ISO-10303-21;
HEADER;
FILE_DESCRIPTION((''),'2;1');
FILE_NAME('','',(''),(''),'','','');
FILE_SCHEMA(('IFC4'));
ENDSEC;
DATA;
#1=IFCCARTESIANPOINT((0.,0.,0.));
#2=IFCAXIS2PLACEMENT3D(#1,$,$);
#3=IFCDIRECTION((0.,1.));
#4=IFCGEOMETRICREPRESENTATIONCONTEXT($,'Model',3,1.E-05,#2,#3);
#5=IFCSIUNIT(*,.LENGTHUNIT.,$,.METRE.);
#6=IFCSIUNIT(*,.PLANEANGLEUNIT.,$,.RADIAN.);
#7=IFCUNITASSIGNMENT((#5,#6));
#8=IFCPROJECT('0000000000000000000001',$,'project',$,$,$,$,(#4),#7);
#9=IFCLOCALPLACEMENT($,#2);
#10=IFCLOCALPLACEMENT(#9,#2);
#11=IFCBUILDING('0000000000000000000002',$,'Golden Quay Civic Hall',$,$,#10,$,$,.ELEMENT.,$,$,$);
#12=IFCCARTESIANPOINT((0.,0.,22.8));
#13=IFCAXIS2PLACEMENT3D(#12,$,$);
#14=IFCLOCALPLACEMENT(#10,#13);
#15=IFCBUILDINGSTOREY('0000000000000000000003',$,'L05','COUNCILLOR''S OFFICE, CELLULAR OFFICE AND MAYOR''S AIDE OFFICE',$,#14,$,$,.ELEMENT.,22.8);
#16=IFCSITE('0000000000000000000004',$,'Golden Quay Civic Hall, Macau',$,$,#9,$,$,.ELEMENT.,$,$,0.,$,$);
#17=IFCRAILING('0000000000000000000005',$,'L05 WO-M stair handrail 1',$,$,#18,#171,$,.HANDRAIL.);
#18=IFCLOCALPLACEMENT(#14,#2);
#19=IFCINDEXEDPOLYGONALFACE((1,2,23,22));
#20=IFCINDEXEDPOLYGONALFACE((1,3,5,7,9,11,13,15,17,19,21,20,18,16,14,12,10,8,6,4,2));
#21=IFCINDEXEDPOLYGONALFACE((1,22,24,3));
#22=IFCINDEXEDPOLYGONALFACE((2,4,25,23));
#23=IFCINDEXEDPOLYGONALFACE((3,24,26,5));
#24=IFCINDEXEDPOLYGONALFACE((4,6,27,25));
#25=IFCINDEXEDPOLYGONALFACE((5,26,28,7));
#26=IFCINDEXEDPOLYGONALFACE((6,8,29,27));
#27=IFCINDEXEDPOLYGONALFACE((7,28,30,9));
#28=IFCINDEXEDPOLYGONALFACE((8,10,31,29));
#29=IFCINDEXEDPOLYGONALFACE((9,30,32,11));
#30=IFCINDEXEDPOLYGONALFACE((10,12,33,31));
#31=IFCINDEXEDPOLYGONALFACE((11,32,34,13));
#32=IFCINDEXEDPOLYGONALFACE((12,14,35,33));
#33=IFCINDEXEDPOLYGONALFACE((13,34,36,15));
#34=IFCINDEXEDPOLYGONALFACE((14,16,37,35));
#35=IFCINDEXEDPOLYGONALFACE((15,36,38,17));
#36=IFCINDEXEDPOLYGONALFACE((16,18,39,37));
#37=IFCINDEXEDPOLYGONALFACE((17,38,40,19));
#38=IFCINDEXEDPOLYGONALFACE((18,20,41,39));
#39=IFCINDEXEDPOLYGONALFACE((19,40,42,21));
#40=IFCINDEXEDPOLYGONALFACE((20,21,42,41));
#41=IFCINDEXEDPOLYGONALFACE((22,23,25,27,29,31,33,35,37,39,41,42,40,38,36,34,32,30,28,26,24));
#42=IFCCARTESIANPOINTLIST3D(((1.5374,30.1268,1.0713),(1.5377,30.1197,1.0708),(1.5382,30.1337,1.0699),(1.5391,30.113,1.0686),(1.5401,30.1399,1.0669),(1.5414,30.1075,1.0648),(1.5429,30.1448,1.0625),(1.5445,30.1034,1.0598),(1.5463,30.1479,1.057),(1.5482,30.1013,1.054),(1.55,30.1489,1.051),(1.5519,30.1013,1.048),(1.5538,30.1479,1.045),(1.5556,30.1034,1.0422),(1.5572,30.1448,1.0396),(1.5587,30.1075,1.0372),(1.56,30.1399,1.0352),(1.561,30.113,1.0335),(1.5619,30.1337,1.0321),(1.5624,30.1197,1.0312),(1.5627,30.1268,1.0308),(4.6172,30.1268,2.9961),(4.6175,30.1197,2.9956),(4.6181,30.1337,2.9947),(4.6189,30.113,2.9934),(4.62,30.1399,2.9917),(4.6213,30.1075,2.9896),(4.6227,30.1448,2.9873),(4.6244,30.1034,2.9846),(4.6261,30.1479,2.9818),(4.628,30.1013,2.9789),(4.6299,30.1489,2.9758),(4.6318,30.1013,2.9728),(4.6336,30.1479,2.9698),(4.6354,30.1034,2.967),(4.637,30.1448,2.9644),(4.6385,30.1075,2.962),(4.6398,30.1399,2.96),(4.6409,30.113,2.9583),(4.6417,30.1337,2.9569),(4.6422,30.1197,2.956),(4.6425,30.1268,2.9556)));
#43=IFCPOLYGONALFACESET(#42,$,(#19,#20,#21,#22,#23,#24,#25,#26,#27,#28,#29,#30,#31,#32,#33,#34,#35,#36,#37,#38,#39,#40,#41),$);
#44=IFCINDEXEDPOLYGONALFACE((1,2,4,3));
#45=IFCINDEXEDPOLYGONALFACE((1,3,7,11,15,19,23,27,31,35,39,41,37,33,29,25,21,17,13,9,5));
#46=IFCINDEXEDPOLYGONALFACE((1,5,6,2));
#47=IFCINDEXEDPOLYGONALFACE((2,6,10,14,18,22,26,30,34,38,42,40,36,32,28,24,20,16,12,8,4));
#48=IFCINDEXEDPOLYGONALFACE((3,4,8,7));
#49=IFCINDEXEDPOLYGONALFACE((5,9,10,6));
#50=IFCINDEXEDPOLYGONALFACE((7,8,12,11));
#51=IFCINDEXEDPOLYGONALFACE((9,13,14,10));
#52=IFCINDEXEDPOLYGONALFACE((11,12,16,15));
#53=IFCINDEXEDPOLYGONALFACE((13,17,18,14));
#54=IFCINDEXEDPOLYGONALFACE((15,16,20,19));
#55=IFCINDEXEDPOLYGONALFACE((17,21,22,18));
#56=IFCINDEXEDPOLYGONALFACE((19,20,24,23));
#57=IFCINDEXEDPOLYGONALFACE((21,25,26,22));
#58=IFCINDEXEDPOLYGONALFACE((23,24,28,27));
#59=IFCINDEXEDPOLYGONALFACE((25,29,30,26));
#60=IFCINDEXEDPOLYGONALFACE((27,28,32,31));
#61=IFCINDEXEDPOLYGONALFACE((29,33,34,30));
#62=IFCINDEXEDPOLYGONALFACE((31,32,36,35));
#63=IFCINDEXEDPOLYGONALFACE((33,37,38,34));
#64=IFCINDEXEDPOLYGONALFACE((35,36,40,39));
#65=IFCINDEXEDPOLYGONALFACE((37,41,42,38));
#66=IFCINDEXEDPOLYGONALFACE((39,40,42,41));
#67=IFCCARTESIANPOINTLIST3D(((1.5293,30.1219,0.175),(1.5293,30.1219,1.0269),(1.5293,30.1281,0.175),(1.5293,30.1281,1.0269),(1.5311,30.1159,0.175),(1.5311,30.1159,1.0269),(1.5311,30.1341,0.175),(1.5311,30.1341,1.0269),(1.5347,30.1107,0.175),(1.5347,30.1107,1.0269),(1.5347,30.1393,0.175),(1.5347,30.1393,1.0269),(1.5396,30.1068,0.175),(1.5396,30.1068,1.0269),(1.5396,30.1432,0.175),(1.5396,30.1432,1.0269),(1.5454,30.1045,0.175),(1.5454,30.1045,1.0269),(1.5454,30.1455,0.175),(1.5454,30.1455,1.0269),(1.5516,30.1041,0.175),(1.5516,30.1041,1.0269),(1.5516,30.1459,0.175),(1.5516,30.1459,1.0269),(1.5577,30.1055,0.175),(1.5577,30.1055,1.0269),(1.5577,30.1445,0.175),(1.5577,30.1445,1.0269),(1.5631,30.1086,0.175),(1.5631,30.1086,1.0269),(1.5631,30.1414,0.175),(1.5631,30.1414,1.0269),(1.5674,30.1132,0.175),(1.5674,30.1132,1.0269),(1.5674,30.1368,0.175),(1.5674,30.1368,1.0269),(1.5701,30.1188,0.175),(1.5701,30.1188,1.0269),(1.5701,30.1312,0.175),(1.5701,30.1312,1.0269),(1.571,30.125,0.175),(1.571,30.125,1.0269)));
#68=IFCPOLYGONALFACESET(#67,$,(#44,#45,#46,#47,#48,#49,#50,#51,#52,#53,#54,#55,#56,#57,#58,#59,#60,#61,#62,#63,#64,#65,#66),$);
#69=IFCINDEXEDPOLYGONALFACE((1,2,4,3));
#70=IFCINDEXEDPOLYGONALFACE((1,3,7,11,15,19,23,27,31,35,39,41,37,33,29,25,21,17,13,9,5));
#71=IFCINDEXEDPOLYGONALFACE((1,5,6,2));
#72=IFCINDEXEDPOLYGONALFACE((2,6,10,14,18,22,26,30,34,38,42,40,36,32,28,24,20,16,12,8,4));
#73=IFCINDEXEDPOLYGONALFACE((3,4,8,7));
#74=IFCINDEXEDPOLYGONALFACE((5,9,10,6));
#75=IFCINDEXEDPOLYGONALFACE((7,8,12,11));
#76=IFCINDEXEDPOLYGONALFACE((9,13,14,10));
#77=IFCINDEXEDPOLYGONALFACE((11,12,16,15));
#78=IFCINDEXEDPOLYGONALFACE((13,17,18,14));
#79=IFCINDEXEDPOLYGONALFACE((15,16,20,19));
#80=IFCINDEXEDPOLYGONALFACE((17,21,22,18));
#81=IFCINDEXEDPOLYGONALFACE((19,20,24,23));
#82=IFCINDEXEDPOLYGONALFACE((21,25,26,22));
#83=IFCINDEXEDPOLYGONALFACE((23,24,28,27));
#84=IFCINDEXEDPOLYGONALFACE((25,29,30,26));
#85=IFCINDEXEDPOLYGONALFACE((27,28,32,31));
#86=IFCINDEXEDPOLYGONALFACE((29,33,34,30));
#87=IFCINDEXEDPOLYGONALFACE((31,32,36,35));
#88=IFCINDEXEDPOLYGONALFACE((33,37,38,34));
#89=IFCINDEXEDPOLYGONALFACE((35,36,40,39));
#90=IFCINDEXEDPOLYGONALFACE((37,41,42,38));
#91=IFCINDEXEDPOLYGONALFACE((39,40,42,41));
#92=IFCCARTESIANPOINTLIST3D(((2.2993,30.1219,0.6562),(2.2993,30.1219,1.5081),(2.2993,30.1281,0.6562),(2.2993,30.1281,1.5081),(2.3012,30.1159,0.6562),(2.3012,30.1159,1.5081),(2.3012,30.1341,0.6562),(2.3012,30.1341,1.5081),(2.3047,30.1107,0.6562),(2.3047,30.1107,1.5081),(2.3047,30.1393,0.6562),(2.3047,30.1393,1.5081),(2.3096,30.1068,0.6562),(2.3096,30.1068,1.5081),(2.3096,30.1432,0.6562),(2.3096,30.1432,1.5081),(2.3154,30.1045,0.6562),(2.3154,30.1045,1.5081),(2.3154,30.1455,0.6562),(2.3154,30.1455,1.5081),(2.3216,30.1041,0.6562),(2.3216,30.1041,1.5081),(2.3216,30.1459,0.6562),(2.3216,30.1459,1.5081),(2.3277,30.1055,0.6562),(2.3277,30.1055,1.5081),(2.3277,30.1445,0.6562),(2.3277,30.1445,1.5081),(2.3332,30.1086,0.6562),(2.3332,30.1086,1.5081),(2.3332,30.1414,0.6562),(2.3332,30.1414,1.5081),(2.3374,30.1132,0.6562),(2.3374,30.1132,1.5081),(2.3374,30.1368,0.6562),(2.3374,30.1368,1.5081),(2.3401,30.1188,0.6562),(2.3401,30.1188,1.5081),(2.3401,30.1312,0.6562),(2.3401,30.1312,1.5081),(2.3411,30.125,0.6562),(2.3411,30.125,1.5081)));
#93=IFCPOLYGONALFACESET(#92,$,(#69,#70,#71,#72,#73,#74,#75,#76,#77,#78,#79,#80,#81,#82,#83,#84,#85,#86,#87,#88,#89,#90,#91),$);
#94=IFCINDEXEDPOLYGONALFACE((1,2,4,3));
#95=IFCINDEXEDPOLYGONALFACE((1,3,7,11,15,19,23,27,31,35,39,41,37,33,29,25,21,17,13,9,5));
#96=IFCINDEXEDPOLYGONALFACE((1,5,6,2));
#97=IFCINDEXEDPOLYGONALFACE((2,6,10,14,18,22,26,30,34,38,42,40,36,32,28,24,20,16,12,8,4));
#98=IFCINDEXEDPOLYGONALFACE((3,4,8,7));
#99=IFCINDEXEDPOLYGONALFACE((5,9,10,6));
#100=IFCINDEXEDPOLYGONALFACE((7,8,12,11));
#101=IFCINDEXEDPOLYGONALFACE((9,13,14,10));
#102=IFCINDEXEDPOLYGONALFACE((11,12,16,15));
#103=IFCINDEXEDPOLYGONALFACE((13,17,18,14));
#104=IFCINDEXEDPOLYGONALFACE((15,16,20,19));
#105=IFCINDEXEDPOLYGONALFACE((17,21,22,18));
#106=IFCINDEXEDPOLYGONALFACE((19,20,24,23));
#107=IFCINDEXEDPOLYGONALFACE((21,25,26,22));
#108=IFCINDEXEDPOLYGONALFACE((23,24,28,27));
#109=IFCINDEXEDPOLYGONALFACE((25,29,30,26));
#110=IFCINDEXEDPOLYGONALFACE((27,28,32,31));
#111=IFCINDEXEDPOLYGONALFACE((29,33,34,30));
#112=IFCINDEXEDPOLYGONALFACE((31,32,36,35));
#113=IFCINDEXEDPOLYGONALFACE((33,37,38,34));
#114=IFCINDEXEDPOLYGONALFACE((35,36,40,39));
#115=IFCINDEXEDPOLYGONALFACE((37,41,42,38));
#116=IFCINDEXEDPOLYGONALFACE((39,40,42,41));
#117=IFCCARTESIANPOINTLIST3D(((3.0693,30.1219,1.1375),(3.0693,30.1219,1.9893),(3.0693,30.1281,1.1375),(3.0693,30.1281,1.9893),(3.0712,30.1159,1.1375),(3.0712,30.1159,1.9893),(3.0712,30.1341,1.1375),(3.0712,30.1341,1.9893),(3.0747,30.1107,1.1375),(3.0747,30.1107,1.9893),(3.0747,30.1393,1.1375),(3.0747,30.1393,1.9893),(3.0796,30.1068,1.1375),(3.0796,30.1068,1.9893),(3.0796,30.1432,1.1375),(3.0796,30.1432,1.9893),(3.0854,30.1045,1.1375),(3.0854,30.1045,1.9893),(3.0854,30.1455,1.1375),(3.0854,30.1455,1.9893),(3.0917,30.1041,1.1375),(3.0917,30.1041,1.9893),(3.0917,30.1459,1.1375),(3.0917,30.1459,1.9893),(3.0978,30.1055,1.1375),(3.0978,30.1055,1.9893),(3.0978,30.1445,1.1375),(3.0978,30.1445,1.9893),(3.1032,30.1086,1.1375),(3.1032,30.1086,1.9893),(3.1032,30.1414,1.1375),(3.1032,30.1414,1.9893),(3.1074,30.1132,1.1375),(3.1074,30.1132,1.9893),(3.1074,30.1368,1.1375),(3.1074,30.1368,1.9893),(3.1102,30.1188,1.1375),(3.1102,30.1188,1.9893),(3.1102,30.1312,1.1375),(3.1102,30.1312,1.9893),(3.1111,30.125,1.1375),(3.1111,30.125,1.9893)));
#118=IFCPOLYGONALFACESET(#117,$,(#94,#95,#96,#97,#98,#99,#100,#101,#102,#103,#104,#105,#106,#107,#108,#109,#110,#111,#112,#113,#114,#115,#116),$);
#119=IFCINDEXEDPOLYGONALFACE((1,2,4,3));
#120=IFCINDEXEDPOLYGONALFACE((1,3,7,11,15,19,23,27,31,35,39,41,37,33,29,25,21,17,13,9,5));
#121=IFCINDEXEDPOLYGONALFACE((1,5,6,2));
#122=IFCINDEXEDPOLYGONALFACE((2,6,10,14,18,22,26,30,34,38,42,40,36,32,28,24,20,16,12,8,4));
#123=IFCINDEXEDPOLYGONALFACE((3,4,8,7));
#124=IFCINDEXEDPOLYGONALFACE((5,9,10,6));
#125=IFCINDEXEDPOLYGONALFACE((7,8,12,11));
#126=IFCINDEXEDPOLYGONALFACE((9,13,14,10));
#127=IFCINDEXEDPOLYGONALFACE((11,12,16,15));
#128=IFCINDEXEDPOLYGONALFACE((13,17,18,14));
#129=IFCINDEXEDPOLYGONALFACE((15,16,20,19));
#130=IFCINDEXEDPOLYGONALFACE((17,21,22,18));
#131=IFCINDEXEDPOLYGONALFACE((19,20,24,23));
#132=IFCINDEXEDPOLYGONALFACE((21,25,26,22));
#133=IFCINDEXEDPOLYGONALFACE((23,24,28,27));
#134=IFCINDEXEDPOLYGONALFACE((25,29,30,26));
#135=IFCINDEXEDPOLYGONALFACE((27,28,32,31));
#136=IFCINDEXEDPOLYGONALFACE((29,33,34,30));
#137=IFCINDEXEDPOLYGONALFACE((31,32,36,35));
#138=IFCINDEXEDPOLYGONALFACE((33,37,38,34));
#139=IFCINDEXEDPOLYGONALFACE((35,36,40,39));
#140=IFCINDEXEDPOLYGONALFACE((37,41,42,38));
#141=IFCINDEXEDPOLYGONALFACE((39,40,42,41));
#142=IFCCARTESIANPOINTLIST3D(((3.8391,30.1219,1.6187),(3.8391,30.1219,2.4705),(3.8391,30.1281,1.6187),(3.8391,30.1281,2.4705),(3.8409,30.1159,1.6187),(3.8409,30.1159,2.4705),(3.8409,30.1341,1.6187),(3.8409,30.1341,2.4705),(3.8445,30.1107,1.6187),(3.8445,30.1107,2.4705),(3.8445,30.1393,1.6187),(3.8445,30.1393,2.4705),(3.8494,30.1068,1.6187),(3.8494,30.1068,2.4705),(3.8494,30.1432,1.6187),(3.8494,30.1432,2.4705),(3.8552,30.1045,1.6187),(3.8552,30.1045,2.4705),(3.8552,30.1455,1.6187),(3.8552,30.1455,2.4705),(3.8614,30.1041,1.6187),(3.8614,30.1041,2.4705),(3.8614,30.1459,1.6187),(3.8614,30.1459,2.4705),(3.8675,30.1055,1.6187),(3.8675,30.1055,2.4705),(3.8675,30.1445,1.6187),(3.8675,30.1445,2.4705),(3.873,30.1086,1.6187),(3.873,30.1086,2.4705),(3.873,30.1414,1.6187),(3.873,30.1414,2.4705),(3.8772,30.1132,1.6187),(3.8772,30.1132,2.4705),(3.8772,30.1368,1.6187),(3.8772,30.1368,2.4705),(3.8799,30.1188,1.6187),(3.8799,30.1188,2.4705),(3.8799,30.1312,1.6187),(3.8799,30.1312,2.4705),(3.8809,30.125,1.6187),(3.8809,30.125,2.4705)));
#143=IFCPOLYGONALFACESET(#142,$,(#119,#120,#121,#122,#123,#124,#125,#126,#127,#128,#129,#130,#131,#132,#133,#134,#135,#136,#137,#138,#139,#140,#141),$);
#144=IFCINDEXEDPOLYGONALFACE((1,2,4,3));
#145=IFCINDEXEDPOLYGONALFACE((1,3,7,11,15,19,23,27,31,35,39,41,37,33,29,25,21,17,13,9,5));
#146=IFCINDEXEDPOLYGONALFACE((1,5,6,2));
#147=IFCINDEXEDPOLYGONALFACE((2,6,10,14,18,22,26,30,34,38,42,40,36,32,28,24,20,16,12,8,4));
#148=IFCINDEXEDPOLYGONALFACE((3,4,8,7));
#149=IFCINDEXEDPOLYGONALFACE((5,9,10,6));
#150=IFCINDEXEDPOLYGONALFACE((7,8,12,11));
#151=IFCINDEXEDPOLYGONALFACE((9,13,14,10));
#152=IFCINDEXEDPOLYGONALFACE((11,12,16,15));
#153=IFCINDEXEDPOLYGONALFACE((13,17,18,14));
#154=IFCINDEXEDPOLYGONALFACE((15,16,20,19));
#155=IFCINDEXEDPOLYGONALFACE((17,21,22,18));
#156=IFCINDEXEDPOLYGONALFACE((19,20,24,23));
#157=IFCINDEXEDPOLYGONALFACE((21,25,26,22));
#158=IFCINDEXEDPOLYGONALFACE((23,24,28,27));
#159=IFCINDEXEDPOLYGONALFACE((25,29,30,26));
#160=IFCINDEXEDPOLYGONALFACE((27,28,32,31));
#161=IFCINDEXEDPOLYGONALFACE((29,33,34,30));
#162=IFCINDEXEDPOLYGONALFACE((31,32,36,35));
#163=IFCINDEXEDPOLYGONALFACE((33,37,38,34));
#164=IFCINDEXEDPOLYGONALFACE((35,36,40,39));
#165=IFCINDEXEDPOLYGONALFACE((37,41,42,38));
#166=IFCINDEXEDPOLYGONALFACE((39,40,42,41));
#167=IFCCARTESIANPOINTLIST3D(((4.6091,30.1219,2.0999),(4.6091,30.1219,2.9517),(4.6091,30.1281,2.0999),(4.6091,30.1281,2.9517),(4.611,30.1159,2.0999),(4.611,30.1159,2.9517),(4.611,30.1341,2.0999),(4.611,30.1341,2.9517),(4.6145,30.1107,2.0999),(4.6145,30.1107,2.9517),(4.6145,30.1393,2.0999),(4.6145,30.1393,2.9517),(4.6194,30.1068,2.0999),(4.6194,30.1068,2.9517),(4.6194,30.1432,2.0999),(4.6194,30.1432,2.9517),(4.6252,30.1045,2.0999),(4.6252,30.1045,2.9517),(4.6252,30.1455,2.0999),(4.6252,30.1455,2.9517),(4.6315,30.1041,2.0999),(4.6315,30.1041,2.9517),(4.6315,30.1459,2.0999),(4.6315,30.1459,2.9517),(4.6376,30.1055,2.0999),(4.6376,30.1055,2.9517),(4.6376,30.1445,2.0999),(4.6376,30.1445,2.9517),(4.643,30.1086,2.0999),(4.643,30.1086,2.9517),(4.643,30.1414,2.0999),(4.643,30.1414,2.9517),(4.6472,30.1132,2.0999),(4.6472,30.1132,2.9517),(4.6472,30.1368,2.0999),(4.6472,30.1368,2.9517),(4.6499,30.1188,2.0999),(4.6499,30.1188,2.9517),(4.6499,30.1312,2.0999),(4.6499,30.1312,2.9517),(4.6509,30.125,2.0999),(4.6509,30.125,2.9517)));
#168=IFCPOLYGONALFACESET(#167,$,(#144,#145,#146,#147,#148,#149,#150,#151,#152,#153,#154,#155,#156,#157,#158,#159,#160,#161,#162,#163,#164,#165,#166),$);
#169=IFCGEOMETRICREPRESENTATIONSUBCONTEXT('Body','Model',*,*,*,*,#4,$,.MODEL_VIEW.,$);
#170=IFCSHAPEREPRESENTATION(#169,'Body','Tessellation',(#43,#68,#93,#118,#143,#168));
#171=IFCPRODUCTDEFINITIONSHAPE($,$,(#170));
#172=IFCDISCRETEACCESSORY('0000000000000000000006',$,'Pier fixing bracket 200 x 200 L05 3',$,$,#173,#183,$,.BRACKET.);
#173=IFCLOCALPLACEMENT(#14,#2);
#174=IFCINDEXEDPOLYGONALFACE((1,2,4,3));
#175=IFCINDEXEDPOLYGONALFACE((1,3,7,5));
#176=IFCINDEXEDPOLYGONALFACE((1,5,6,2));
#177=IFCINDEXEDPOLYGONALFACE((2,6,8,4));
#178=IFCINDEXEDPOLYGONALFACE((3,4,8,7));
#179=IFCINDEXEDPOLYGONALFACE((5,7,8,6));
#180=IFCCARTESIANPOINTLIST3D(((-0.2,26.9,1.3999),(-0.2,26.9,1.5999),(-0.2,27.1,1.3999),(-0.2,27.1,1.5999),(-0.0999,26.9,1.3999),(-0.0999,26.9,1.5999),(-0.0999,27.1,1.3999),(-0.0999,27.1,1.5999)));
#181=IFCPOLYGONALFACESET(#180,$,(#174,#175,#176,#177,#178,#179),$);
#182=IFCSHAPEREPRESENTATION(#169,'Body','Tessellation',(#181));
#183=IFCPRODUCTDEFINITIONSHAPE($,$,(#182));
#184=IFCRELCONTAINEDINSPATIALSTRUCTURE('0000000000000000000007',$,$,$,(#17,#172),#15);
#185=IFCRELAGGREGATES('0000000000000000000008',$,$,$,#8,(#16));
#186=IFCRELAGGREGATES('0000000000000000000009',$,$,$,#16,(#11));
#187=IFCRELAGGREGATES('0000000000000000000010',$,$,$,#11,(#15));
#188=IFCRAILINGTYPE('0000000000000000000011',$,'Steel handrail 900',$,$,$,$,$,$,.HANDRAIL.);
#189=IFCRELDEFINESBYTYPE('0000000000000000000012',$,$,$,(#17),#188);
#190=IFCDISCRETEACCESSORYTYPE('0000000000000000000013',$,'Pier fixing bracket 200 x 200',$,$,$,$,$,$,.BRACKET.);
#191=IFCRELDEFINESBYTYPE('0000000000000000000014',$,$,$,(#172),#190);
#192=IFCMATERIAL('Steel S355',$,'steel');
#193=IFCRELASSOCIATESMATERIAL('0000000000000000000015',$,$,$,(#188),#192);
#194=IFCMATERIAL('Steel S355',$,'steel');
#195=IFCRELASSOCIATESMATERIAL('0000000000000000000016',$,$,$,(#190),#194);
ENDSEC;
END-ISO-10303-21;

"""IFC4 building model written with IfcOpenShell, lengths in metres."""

from ifc_helpers import new_model, si_unit, direction, frame, origin, origin_2d, place, context, subcontext, project, spatial, rectangle, circle, extrude, material, type_object, element, save


model = new_model("IFC4")

# Units and contexts
model_context = context("Model", 3, precision=1e-05, world=origin(), true_north=direction((0.0, 1.0)))
body_context = subcontext(model_context, "Body", "Model", "MODEL_VIEW")
ifc_project = project(units=[si_unit("LENGTHUNIT", "METRE"), si_unit("PLANEANGLEUNIT", "RADIAN")], contexts=[model_context])

# Site, building, storey
site_placement = place(None, origin())
site = spatial("IfcSite", under=ifc_project, at=site_placement, Name="Golden Quay Civic Hall, Macau", CompositionType="ELEMENT", RefElevation=0.0)
building_placement = place(site_placement, origin())
building = spatial("IfcBuilding", under=site, at=building_placement, Name="Golden Quay Civic Hall", CompositionType="ELEMENT")
storey_placement = place(building_placement, frame((0.0, 0.0, 22.8)))
storey = spatial("IfcBuildingStorey", under=building, at=storey_placement, Name="L05", Description="COUNCILLOR'S OFFICE, CELLULAR OFFICE AND MAYOR'S AIDE OFFICE", CompositionType="ELEMENT", Elevation=22.8)

# Railing
ifc_material_1 = material(Name="Steel S355", Category="steel")
railing_type_1 = type_object("IfcRailingType", Name="Steel handrail 900", PredefinedType="HANDRAIL", material=ifc_material_1)
railing_1_placement = place(storey_placement, frame((1.55, 30.125, 0.175)))
element("IfcRailing", 1, at=railing_1_placement, inside=storey, type_object=railing_type_1, Name="L05 WO-M stair handrail 1", PredefinedType="HANDRAIL", context=body_context, shape_type="SweptSolid", body=[
    extrude(circle(Radius=0.0239, at=origin_2d()), frame((0.0, 0.0, 0.876), z_axis=(0.84801, 0.0, 0.529981), x_axis=(0.0, 1.0, 0.0)), (0.0, 0.0, 1.0), 3.6318),
    extrude(circle(Radius=0.021, at=origin_2d()), origin(), (0.0, 0.0, 1.0), 0.8518),
    extrude(circle(Radius=0.021, at=origin_2d()), frame((0.77, 0.0, 0.4812)), (0.0, 0.0, 1.0), 0.8518),
    extrude(circle(Radius=0.021, at=origin_2d()), frame((1.54, 0.0, 0.9624)), (0.0, 0.0, 1.0), 0.8518),
    extrude(circle(Radius=0.021, at=origin_2d()), frame((2.3098, 0.0, 1.4436)), (0.0, 0.0, 1.0), 0.8518),
    extrude(circle(Radius=0.021, at=origin_2d()), frame((3.0798, 0.0, 1.9248)), (0.0, 0.0, 1.0), 0.8518),
])

# Discrete accessory
ifc_material_2 = material(Name="Steel S355", Category="steel")
discrete_accessory_type = type_object("IfcDiscreteAccessoryType", Name="Pier fixing bracket 200 x 200", PredefinedType="BRACKET", material=ifc_material_2)
discrete_accessory_placement = place(storey_placement, frame((-0.1499, 27.0, 1.3999), z_axis=(0.0, 0.0, 1.0), x_axis=(0.0, -1.0, 0.0)))
element("IfcDiscreteAccessory", 2, at=discrete_accessory_placement, inside=storey, type_object=discrete_accessory_type, Name="Pier fixing bracket 200 x 200 L05 3", PredefinedType="BRACKET", context=body_context, shape_type="SweptSolid", body=[
    extrude(rectangle(XDim=0.2, YDim=0.1001, at=origin_2d()), origin(), (0.0, 0.0, 1.0), 0.2),
])

save(model, "model.ifc")
